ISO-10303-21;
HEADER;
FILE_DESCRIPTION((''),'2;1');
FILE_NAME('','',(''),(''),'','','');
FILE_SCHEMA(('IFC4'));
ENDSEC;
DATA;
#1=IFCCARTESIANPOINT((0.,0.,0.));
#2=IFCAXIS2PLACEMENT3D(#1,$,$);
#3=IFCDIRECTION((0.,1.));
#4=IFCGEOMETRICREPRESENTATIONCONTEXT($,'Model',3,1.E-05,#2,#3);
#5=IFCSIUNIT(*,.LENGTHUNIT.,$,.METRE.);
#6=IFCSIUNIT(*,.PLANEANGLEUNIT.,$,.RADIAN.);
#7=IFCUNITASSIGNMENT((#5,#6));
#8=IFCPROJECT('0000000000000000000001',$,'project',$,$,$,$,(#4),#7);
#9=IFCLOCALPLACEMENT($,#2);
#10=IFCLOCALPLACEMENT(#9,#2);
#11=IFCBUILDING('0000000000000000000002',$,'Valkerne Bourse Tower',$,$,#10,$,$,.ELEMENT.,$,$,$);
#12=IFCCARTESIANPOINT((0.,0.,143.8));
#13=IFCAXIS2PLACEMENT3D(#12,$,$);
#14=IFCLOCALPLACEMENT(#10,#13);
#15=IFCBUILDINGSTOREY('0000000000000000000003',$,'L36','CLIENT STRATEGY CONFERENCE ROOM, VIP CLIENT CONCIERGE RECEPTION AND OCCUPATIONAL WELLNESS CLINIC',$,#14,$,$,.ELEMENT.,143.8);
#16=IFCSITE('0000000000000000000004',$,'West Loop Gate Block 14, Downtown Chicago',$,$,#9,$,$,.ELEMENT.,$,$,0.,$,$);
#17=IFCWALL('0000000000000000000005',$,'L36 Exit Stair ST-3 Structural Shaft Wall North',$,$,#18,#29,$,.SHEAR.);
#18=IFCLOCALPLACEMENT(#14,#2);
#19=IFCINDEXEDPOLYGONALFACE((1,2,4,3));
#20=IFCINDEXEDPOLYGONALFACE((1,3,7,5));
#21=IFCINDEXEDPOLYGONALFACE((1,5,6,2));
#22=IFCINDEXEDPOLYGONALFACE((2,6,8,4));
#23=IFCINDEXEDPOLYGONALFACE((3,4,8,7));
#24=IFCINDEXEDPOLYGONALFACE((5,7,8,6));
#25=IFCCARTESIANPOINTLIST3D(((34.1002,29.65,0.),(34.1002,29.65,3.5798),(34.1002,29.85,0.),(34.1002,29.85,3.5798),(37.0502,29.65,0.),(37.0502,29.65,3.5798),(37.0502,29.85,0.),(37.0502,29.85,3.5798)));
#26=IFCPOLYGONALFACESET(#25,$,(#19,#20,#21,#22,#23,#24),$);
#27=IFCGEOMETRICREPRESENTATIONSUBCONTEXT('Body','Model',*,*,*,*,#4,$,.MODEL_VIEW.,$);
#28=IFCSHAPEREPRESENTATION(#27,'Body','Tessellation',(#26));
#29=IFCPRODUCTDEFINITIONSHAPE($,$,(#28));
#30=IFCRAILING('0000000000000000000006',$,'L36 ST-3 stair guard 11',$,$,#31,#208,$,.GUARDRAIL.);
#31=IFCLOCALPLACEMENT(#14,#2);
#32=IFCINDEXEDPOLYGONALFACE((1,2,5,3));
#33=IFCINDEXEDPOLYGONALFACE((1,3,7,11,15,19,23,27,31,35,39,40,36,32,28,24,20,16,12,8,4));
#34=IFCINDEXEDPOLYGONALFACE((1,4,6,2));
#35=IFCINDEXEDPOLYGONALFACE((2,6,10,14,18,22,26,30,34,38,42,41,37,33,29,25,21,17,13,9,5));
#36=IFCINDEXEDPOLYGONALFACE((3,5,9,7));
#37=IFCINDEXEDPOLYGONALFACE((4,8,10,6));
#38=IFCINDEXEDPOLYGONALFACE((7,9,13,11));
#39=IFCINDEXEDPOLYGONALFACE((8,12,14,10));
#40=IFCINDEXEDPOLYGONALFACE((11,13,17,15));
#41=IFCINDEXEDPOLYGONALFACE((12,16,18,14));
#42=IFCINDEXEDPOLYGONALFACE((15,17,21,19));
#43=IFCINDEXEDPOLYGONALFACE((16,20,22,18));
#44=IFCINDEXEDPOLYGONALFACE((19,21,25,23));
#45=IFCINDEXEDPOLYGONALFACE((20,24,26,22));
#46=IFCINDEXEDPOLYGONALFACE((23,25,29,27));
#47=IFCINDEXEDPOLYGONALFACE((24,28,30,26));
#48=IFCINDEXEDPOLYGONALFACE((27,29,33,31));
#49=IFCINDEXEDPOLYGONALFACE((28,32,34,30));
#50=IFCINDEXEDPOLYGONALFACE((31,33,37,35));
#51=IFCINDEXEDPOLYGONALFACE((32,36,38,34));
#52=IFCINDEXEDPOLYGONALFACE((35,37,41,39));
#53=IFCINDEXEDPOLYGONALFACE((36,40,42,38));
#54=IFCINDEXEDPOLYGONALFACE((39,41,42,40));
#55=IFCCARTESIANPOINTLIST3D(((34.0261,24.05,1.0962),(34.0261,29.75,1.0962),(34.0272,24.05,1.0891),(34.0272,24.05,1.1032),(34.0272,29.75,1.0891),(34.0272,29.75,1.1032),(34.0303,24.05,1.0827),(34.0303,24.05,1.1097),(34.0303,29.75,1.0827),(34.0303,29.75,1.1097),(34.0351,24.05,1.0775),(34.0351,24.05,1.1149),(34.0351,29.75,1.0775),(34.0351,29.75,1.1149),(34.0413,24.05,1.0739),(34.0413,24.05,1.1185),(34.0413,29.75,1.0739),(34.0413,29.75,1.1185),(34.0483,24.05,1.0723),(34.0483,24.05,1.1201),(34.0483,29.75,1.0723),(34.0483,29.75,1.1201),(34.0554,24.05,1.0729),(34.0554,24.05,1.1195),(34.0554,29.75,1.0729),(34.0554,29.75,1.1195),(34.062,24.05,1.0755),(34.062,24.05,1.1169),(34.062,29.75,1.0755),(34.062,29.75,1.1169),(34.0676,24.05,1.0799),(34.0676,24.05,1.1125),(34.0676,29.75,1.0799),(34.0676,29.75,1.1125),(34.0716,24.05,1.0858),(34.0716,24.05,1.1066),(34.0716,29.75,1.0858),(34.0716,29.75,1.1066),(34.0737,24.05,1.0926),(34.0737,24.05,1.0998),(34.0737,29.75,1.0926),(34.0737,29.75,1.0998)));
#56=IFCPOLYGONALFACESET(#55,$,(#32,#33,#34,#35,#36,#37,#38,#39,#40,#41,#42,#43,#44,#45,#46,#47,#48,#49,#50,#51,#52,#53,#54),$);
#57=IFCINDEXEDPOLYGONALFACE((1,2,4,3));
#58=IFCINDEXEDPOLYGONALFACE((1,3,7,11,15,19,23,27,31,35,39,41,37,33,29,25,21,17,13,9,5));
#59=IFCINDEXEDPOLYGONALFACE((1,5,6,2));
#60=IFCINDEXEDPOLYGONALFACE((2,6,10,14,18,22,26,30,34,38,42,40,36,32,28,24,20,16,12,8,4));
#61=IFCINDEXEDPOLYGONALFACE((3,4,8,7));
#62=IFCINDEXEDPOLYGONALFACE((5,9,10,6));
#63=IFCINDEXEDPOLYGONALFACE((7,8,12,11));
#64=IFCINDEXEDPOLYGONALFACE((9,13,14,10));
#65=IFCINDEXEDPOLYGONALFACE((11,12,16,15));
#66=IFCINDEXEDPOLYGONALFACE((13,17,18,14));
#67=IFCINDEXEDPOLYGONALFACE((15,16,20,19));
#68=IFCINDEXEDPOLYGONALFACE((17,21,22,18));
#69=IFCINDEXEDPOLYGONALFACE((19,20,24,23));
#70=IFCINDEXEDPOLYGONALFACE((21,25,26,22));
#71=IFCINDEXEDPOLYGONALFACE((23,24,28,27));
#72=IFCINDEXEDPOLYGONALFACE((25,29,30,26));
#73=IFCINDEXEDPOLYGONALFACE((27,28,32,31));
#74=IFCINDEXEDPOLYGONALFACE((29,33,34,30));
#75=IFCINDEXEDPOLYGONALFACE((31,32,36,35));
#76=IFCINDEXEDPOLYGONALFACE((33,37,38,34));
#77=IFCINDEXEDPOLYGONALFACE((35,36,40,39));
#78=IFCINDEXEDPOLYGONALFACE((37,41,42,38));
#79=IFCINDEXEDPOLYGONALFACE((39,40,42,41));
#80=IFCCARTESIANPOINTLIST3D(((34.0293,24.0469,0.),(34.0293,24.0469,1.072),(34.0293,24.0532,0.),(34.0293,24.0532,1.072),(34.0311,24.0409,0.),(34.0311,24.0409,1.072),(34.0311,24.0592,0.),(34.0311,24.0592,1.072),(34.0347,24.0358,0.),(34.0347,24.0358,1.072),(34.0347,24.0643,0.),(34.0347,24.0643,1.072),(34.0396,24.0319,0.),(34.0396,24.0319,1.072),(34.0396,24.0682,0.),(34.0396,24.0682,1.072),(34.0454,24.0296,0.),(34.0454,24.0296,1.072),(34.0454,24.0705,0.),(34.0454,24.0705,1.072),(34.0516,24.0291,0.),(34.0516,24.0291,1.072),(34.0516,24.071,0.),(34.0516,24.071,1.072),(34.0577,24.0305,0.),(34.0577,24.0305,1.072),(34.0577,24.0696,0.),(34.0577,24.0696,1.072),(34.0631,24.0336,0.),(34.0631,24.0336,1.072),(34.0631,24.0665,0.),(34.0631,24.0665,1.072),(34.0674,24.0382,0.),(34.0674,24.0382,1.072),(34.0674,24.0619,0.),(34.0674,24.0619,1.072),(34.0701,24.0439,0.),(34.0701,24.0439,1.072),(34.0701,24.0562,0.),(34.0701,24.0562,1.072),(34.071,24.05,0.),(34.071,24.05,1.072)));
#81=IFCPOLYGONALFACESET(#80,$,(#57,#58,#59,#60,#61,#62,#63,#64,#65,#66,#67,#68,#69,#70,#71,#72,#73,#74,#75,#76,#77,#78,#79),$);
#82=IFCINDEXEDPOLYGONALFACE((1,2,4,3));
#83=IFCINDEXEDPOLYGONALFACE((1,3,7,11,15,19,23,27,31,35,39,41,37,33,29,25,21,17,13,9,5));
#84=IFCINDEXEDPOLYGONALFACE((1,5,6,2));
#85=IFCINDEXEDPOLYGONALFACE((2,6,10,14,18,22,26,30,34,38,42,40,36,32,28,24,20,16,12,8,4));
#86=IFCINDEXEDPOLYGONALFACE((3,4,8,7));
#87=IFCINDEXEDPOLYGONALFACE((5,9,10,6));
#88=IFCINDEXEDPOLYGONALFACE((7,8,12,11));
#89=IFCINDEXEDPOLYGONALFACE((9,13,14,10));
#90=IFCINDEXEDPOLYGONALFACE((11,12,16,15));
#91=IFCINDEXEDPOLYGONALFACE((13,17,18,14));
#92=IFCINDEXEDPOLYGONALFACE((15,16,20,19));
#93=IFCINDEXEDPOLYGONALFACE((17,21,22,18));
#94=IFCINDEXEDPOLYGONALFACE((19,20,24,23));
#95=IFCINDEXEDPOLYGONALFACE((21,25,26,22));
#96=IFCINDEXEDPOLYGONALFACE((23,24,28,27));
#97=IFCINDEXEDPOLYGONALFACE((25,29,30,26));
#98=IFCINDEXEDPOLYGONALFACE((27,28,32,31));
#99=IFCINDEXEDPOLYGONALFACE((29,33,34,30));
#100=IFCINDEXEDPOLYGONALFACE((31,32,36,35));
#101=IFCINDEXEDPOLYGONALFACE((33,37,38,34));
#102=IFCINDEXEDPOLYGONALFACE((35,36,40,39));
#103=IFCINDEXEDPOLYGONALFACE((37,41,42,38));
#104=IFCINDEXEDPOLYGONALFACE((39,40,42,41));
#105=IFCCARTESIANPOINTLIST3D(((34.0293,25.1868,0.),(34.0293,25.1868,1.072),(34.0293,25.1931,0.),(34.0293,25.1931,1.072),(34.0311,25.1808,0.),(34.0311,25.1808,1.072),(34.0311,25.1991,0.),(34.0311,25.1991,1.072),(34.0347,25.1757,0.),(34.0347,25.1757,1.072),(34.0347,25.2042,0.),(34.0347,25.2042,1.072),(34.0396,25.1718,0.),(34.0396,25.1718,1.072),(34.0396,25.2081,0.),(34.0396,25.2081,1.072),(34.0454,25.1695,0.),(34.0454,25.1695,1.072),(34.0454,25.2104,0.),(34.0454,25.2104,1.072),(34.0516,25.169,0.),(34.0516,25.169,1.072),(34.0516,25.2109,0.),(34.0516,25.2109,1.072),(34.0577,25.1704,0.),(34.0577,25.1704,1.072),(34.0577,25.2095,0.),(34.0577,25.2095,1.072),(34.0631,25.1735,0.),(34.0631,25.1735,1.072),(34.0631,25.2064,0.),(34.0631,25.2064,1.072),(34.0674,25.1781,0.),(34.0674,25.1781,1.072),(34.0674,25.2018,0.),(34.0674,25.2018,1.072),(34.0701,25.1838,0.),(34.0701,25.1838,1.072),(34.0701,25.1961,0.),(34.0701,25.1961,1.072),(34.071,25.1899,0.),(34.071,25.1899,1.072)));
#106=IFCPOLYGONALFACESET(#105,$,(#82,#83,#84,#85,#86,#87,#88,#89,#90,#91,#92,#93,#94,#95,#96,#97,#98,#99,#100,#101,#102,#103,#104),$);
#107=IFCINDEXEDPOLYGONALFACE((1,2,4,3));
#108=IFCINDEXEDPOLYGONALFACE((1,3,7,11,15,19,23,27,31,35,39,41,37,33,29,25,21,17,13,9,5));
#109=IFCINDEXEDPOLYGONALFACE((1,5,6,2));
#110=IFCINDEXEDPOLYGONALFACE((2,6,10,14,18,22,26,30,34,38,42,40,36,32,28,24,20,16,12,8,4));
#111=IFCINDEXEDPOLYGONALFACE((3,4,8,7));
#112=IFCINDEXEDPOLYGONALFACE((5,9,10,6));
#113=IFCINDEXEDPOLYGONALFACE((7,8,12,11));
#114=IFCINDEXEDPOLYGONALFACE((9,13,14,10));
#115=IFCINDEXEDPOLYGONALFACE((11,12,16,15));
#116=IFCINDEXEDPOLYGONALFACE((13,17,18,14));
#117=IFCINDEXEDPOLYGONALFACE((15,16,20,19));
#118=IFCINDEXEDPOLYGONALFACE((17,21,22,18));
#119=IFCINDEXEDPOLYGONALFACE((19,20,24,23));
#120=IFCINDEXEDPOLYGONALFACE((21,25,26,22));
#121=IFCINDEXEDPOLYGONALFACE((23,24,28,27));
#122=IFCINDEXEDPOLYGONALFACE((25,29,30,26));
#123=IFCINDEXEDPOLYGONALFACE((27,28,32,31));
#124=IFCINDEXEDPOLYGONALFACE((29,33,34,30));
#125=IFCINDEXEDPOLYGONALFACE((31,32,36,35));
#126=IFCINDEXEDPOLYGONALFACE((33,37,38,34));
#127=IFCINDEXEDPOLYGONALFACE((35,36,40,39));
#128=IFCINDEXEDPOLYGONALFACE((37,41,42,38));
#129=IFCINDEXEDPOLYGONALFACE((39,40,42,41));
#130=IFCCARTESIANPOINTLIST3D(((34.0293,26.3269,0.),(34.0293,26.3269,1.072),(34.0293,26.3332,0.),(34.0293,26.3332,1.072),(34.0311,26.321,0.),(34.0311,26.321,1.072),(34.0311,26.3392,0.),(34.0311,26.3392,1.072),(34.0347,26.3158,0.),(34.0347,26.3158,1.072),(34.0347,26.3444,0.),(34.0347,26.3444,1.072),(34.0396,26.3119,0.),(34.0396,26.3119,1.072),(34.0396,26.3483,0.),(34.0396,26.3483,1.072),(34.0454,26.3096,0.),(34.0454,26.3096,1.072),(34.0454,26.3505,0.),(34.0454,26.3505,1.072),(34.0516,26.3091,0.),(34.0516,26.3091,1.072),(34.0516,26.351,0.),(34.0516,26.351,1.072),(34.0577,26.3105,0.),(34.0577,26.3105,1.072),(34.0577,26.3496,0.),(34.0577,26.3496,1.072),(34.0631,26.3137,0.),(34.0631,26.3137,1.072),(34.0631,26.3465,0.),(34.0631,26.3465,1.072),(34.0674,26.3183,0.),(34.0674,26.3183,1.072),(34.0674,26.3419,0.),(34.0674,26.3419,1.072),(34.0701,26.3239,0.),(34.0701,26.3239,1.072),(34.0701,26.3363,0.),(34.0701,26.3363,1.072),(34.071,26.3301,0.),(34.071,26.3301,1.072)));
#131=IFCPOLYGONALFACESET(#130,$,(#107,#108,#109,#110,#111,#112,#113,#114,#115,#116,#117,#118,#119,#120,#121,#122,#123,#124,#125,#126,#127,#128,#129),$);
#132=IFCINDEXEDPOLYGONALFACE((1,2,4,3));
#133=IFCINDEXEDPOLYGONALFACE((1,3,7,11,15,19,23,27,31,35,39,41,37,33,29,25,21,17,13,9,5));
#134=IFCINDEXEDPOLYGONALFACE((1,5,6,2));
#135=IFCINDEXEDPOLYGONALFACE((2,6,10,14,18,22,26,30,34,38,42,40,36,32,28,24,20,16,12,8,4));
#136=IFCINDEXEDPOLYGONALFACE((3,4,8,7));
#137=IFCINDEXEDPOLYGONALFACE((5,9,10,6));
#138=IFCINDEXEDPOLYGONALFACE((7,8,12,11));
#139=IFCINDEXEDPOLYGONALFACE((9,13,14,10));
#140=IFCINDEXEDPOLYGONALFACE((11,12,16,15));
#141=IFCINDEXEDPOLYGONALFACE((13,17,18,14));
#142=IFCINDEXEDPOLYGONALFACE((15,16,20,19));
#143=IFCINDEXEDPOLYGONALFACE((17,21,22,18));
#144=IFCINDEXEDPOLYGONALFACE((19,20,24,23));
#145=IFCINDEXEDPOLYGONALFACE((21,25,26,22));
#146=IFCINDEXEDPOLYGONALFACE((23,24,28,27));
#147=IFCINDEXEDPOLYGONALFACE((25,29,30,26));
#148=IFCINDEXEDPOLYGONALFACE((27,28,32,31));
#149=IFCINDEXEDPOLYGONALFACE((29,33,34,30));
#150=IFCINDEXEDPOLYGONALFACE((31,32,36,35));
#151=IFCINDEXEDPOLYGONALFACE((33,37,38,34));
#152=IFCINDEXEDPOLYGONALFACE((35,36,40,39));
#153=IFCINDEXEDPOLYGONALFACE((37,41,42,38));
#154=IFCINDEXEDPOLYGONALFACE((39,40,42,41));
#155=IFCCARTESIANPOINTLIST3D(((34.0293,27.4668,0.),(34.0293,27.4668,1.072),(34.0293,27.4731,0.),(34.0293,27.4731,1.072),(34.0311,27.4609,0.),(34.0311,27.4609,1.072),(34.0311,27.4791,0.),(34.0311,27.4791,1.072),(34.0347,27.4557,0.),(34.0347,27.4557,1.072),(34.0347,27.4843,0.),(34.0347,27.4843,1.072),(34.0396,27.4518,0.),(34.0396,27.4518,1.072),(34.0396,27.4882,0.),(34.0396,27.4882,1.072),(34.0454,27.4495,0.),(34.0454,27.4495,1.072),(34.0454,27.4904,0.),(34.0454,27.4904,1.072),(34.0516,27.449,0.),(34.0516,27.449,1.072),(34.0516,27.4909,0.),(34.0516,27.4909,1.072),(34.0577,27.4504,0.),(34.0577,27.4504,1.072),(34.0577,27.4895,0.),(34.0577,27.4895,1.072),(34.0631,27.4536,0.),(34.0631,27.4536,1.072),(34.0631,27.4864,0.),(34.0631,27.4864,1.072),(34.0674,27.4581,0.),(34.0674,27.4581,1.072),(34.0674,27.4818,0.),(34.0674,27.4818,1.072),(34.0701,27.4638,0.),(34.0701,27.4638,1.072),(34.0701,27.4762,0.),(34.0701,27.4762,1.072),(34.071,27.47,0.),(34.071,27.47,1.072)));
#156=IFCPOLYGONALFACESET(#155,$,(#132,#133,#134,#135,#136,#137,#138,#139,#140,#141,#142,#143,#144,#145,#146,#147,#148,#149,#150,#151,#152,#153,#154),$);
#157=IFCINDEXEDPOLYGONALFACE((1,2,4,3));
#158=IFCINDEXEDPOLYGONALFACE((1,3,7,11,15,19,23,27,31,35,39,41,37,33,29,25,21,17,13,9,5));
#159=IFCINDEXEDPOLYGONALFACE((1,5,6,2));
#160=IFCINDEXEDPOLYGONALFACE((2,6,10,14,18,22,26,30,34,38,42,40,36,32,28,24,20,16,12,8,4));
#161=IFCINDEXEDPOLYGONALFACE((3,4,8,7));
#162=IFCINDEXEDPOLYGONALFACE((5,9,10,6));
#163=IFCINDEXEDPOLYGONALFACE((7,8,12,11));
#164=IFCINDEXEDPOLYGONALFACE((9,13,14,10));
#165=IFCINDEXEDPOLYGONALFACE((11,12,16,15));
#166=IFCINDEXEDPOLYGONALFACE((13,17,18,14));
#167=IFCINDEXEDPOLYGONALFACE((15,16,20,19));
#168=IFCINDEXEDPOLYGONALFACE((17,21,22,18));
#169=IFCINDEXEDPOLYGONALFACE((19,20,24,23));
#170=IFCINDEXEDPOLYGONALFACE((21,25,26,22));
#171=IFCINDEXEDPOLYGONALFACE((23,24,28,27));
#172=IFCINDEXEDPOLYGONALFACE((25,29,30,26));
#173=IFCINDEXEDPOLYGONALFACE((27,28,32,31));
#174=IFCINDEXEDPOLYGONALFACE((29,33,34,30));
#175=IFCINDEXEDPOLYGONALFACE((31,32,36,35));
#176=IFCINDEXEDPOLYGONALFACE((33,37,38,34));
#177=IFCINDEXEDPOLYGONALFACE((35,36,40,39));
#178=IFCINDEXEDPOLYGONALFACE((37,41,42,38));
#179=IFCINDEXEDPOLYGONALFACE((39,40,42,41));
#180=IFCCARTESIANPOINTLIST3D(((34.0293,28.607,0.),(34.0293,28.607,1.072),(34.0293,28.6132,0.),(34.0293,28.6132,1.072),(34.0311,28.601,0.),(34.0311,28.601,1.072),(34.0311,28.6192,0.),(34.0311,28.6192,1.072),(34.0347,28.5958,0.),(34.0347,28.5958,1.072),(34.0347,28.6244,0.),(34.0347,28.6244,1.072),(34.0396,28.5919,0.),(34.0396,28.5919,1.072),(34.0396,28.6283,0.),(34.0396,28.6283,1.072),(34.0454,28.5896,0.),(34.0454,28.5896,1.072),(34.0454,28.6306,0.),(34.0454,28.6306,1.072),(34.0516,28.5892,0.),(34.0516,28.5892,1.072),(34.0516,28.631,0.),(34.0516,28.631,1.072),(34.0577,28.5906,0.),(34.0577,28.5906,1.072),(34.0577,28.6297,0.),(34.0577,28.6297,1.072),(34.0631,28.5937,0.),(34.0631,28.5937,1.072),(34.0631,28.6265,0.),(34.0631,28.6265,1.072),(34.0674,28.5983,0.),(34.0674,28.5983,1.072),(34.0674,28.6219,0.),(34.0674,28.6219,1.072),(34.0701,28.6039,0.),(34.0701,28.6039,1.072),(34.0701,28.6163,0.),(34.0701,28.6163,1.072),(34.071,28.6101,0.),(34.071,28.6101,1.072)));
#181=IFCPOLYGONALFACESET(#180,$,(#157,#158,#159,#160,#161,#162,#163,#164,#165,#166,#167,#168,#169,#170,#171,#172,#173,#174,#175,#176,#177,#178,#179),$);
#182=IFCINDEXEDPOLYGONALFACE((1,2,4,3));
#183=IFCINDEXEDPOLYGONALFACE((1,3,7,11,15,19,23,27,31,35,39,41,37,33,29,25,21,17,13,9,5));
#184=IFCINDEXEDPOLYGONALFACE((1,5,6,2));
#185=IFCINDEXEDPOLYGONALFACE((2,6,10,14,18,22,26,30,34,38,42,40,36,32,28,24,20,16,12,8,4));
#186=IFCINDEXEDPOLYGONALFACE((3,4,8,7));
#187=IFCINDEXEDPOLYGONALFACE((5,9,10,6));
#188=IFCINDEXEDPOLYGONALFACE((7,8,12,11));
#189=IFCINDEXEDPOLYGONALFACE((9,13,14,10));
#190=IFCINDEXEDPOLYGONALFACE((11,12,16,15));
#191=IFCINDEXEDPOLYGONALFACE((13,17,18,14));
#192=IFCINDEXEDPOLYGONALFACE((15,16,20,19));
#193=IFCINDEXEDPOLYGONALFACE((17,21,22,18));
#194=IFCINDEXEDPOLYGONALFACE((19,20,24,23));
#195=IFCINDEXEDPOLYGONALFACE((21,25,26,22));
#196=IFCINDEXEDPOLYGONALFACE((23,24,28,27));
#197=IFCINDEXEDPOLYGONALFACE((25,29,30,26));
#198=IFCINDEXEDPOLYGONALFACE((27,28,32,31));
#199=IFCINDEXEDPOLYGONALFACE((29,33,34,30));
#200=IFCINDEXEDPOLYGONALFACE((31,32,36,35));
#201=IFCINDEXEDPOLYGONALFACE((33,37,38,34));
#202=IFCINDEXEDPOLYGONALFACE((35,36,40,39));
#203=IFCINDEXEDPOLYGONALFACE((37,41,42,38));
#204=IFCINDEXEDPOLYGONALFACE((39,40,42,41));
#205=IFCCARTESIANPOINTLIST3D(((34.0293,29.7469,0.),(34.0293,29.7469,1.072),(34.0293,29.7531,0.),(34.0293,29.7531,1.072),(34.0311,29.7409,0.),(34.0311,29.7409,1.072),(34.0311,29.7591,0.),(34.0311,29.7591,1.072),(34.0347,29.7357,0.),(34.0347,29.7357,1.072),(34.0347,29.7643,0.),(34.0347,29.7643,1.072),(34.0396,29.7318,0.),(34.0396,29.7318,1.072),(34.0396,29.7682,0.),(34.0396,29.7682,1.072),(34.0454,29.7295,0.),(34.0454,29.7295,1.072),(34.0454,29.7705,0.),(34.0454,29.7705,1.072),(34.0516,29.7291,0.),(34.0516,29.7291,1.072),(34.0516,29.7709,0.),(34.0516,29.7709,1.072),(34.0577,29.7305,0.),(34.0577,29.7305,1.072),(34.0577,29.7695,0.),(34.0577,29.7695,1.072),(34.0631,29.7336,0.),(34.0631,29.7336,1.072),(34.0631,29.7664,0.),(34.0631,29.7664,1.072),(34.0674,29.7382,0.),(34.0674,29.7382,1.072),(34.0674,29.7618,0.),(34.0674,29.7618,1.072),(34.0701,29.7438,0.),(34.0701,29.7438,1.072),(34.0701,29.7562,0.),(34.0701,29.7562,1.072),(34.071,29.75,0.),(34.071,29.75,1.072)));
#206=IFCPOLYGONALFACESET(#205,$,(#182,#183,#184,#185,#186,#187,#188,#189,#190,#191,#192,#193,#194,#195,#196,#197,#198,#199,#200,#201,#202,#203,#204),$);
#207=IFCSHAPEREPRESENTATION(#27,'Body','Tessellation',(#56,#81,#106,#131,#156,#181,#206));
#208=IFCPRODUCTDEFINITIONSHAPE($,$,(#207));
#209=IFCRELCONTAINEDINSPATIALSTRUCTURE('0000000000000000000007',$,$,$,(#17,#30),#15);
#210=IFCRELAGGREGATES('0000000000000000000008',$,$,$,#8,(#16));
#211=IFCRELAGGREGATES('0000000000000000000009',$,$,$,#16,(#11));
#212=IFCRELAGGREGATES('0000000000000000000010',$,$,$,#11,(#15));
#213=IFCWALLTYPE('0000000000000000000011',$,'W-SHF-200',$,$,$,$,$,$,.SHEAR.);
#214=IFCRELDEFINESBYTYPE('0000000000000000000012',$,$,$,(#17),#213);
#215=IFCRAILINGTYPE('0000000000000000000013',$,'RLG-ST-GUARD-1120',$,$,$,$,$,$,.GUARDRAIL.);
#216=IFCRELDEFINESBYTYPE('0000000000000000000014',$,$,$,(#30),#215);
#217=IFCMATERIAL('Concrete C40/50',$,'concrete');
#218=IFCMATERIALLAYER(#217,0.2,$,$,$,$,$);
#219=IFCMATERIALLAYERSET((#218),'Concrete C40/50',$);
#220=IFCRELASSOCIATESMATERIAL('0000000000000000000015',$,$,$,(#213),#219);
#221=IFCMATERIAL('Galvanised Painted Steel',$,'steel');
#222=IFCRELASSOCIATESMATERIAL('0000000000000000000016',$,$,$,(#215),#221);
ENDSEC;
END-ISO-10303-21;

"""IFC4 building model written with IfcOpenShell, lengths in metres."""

from ifc_helpers import new_model, si_unit, direction, frame, frame_2d, origin, origin_2d, place, context, subcontext, project, spatial, rectangle, circle, extrude, material, layer, layer_set, type_object, element, save


model = new_model("IFC4")

# Units and contexts
model_context = context("Model", 3, precision=1e-05, world=origin(), true_north=direction((0.0, 1.0)))
body_context = subcontext(model_context, "Body", "Model", "MODEL_VIEW")
ifc_project = project(units=[si_unit("LENGTHUNIT", "METRE"), si_unit("PLANEANGLEUNIT", "RADIAN")], contexts=[model_context])

# Site, building, storey
site_placement = place(None, origin())
site = spatial("IfcSite", under=ifc_project, at=site_placement, Name="West Loop Gate Block 14, Downtown Chicago", CompositionType="ELEMENT", RefElevation=0.0)
building_placement = place(site_placement, origin())
building = spatial("IfcBuilding", under=site, at=building_placement, Name="Valkerne Bourse Tower", CompositionType="ELEMENT")
storey_placement = place(building_placement, frame((0.0, 0.0, 143.8)))
storey = spatial("IfcBuildingStorey", under=building, at=storey_placement, Name="L36", Description="CLIENT STRATEGY CONFERENCE ROOM, VIP CLIENT CONCIERGE RECEPTION AND OCCUPATIONAL WELLNESS CLINIC", CompositionType="ELEMENT", Elevation=143.8)

# Shared definitions
ifc_material_1 = material(Name="Concrete C40/50", Category="concrete")
ifc_layer_1 = layer(ifc_material_1, 0.2)
ifc_layer_set_1 = layer_set([ifc_layer_1], Name="Concrete C40/50")
wall_type_1 = type_object("IfcWallType", Name="W-SHF-200", PredefinedType="SHEAR", material=ifc_layer_set_1)
ifc_material_2 = material(Name="Galvanised Painted Steel", Category="steel")

# Wall
for number, where, z_axis, x_axis, name in (
    (1, (34.1001, 29.75, 0.0), (0.0, 0.0, 1.0), (1.0, 0.0, 0.0), "L36 Exit Stair ST-3 Structural Shaft Wall North"),
):
    element("IfcWall", number, at=place(storey_placement, frame(where, z_axis=z_axis, x_axis=x_axis)), inside=storey, type_object=wall_type_1, Name=name, PredefinedType="SHEAR", context=body_context, shape_type="SweptSolid", body=[
        extrude(rectangle(XDim=2.95, YDim=0.2, at=frame_2d((1.4751, 0.0))), origin(), (0.0, 0.0, 1.0), 3.5798),
    ])

# Railing
railing_type = type_object("IfcRailingType", Name="RLG-ST-GUARD-1120", PredefinedType="GUARDRAIL", material=ifc_material_2)
railing_placement = place(storey_placement, frame((34.05, 24.05, 0.0)))
element("IfcRailing", 2, at=railing_placement, inside=storey, type_object=railing_type, Name="L36 ST-3 stair guard 11", PredefinedType="GUARDRAIL", context=body_context, shape_type="SweptSolid", body=[
    extrude(circle(Radius=0.0239, at=origin_2d()), frame((0.0, 0.0, 1.0962), z_axis=(0.0, 1.0, 0.0), x_axis=(-1.0, 0.0, 0.0)), (0.0, 0.0, 1.0), 5.7),
    extrude(circle(Radius=0.021, at=origin_2d()), origin(), (0.0, 0.0, 1.0), 1.072),
    extrude(circle(Radius=0.021, at=origin_2d()), frame((0.0, 1.1399, 0.0)), (0.0, 0.0, 1.0), 1.072),
    extrude(circle(Radius=0.021, at=origin_2d()), frame((0.0, 2.28, 0.0)), (0.0, 0.0, 1.0), 1.072),
    extrude(circle(Radius=0.021, at=origin_2d()), frame((0.0, 3.4199, 0.0)), (0.0, 0.0, 1.0), 1.072),
    extrude(circle(Radius=0.021, at=origin_2d()), frame((0.0, 4.5601, 0.0)), (0.0, 0.0, 1.0), 1.072),
    extrude(circle(Radius=0.021, at=origin_2d()), frame((0.0, 5.7, 0.0)), (0.0, 0.0, 1.0), 1.072),
])

save(model, "model.ifc")
